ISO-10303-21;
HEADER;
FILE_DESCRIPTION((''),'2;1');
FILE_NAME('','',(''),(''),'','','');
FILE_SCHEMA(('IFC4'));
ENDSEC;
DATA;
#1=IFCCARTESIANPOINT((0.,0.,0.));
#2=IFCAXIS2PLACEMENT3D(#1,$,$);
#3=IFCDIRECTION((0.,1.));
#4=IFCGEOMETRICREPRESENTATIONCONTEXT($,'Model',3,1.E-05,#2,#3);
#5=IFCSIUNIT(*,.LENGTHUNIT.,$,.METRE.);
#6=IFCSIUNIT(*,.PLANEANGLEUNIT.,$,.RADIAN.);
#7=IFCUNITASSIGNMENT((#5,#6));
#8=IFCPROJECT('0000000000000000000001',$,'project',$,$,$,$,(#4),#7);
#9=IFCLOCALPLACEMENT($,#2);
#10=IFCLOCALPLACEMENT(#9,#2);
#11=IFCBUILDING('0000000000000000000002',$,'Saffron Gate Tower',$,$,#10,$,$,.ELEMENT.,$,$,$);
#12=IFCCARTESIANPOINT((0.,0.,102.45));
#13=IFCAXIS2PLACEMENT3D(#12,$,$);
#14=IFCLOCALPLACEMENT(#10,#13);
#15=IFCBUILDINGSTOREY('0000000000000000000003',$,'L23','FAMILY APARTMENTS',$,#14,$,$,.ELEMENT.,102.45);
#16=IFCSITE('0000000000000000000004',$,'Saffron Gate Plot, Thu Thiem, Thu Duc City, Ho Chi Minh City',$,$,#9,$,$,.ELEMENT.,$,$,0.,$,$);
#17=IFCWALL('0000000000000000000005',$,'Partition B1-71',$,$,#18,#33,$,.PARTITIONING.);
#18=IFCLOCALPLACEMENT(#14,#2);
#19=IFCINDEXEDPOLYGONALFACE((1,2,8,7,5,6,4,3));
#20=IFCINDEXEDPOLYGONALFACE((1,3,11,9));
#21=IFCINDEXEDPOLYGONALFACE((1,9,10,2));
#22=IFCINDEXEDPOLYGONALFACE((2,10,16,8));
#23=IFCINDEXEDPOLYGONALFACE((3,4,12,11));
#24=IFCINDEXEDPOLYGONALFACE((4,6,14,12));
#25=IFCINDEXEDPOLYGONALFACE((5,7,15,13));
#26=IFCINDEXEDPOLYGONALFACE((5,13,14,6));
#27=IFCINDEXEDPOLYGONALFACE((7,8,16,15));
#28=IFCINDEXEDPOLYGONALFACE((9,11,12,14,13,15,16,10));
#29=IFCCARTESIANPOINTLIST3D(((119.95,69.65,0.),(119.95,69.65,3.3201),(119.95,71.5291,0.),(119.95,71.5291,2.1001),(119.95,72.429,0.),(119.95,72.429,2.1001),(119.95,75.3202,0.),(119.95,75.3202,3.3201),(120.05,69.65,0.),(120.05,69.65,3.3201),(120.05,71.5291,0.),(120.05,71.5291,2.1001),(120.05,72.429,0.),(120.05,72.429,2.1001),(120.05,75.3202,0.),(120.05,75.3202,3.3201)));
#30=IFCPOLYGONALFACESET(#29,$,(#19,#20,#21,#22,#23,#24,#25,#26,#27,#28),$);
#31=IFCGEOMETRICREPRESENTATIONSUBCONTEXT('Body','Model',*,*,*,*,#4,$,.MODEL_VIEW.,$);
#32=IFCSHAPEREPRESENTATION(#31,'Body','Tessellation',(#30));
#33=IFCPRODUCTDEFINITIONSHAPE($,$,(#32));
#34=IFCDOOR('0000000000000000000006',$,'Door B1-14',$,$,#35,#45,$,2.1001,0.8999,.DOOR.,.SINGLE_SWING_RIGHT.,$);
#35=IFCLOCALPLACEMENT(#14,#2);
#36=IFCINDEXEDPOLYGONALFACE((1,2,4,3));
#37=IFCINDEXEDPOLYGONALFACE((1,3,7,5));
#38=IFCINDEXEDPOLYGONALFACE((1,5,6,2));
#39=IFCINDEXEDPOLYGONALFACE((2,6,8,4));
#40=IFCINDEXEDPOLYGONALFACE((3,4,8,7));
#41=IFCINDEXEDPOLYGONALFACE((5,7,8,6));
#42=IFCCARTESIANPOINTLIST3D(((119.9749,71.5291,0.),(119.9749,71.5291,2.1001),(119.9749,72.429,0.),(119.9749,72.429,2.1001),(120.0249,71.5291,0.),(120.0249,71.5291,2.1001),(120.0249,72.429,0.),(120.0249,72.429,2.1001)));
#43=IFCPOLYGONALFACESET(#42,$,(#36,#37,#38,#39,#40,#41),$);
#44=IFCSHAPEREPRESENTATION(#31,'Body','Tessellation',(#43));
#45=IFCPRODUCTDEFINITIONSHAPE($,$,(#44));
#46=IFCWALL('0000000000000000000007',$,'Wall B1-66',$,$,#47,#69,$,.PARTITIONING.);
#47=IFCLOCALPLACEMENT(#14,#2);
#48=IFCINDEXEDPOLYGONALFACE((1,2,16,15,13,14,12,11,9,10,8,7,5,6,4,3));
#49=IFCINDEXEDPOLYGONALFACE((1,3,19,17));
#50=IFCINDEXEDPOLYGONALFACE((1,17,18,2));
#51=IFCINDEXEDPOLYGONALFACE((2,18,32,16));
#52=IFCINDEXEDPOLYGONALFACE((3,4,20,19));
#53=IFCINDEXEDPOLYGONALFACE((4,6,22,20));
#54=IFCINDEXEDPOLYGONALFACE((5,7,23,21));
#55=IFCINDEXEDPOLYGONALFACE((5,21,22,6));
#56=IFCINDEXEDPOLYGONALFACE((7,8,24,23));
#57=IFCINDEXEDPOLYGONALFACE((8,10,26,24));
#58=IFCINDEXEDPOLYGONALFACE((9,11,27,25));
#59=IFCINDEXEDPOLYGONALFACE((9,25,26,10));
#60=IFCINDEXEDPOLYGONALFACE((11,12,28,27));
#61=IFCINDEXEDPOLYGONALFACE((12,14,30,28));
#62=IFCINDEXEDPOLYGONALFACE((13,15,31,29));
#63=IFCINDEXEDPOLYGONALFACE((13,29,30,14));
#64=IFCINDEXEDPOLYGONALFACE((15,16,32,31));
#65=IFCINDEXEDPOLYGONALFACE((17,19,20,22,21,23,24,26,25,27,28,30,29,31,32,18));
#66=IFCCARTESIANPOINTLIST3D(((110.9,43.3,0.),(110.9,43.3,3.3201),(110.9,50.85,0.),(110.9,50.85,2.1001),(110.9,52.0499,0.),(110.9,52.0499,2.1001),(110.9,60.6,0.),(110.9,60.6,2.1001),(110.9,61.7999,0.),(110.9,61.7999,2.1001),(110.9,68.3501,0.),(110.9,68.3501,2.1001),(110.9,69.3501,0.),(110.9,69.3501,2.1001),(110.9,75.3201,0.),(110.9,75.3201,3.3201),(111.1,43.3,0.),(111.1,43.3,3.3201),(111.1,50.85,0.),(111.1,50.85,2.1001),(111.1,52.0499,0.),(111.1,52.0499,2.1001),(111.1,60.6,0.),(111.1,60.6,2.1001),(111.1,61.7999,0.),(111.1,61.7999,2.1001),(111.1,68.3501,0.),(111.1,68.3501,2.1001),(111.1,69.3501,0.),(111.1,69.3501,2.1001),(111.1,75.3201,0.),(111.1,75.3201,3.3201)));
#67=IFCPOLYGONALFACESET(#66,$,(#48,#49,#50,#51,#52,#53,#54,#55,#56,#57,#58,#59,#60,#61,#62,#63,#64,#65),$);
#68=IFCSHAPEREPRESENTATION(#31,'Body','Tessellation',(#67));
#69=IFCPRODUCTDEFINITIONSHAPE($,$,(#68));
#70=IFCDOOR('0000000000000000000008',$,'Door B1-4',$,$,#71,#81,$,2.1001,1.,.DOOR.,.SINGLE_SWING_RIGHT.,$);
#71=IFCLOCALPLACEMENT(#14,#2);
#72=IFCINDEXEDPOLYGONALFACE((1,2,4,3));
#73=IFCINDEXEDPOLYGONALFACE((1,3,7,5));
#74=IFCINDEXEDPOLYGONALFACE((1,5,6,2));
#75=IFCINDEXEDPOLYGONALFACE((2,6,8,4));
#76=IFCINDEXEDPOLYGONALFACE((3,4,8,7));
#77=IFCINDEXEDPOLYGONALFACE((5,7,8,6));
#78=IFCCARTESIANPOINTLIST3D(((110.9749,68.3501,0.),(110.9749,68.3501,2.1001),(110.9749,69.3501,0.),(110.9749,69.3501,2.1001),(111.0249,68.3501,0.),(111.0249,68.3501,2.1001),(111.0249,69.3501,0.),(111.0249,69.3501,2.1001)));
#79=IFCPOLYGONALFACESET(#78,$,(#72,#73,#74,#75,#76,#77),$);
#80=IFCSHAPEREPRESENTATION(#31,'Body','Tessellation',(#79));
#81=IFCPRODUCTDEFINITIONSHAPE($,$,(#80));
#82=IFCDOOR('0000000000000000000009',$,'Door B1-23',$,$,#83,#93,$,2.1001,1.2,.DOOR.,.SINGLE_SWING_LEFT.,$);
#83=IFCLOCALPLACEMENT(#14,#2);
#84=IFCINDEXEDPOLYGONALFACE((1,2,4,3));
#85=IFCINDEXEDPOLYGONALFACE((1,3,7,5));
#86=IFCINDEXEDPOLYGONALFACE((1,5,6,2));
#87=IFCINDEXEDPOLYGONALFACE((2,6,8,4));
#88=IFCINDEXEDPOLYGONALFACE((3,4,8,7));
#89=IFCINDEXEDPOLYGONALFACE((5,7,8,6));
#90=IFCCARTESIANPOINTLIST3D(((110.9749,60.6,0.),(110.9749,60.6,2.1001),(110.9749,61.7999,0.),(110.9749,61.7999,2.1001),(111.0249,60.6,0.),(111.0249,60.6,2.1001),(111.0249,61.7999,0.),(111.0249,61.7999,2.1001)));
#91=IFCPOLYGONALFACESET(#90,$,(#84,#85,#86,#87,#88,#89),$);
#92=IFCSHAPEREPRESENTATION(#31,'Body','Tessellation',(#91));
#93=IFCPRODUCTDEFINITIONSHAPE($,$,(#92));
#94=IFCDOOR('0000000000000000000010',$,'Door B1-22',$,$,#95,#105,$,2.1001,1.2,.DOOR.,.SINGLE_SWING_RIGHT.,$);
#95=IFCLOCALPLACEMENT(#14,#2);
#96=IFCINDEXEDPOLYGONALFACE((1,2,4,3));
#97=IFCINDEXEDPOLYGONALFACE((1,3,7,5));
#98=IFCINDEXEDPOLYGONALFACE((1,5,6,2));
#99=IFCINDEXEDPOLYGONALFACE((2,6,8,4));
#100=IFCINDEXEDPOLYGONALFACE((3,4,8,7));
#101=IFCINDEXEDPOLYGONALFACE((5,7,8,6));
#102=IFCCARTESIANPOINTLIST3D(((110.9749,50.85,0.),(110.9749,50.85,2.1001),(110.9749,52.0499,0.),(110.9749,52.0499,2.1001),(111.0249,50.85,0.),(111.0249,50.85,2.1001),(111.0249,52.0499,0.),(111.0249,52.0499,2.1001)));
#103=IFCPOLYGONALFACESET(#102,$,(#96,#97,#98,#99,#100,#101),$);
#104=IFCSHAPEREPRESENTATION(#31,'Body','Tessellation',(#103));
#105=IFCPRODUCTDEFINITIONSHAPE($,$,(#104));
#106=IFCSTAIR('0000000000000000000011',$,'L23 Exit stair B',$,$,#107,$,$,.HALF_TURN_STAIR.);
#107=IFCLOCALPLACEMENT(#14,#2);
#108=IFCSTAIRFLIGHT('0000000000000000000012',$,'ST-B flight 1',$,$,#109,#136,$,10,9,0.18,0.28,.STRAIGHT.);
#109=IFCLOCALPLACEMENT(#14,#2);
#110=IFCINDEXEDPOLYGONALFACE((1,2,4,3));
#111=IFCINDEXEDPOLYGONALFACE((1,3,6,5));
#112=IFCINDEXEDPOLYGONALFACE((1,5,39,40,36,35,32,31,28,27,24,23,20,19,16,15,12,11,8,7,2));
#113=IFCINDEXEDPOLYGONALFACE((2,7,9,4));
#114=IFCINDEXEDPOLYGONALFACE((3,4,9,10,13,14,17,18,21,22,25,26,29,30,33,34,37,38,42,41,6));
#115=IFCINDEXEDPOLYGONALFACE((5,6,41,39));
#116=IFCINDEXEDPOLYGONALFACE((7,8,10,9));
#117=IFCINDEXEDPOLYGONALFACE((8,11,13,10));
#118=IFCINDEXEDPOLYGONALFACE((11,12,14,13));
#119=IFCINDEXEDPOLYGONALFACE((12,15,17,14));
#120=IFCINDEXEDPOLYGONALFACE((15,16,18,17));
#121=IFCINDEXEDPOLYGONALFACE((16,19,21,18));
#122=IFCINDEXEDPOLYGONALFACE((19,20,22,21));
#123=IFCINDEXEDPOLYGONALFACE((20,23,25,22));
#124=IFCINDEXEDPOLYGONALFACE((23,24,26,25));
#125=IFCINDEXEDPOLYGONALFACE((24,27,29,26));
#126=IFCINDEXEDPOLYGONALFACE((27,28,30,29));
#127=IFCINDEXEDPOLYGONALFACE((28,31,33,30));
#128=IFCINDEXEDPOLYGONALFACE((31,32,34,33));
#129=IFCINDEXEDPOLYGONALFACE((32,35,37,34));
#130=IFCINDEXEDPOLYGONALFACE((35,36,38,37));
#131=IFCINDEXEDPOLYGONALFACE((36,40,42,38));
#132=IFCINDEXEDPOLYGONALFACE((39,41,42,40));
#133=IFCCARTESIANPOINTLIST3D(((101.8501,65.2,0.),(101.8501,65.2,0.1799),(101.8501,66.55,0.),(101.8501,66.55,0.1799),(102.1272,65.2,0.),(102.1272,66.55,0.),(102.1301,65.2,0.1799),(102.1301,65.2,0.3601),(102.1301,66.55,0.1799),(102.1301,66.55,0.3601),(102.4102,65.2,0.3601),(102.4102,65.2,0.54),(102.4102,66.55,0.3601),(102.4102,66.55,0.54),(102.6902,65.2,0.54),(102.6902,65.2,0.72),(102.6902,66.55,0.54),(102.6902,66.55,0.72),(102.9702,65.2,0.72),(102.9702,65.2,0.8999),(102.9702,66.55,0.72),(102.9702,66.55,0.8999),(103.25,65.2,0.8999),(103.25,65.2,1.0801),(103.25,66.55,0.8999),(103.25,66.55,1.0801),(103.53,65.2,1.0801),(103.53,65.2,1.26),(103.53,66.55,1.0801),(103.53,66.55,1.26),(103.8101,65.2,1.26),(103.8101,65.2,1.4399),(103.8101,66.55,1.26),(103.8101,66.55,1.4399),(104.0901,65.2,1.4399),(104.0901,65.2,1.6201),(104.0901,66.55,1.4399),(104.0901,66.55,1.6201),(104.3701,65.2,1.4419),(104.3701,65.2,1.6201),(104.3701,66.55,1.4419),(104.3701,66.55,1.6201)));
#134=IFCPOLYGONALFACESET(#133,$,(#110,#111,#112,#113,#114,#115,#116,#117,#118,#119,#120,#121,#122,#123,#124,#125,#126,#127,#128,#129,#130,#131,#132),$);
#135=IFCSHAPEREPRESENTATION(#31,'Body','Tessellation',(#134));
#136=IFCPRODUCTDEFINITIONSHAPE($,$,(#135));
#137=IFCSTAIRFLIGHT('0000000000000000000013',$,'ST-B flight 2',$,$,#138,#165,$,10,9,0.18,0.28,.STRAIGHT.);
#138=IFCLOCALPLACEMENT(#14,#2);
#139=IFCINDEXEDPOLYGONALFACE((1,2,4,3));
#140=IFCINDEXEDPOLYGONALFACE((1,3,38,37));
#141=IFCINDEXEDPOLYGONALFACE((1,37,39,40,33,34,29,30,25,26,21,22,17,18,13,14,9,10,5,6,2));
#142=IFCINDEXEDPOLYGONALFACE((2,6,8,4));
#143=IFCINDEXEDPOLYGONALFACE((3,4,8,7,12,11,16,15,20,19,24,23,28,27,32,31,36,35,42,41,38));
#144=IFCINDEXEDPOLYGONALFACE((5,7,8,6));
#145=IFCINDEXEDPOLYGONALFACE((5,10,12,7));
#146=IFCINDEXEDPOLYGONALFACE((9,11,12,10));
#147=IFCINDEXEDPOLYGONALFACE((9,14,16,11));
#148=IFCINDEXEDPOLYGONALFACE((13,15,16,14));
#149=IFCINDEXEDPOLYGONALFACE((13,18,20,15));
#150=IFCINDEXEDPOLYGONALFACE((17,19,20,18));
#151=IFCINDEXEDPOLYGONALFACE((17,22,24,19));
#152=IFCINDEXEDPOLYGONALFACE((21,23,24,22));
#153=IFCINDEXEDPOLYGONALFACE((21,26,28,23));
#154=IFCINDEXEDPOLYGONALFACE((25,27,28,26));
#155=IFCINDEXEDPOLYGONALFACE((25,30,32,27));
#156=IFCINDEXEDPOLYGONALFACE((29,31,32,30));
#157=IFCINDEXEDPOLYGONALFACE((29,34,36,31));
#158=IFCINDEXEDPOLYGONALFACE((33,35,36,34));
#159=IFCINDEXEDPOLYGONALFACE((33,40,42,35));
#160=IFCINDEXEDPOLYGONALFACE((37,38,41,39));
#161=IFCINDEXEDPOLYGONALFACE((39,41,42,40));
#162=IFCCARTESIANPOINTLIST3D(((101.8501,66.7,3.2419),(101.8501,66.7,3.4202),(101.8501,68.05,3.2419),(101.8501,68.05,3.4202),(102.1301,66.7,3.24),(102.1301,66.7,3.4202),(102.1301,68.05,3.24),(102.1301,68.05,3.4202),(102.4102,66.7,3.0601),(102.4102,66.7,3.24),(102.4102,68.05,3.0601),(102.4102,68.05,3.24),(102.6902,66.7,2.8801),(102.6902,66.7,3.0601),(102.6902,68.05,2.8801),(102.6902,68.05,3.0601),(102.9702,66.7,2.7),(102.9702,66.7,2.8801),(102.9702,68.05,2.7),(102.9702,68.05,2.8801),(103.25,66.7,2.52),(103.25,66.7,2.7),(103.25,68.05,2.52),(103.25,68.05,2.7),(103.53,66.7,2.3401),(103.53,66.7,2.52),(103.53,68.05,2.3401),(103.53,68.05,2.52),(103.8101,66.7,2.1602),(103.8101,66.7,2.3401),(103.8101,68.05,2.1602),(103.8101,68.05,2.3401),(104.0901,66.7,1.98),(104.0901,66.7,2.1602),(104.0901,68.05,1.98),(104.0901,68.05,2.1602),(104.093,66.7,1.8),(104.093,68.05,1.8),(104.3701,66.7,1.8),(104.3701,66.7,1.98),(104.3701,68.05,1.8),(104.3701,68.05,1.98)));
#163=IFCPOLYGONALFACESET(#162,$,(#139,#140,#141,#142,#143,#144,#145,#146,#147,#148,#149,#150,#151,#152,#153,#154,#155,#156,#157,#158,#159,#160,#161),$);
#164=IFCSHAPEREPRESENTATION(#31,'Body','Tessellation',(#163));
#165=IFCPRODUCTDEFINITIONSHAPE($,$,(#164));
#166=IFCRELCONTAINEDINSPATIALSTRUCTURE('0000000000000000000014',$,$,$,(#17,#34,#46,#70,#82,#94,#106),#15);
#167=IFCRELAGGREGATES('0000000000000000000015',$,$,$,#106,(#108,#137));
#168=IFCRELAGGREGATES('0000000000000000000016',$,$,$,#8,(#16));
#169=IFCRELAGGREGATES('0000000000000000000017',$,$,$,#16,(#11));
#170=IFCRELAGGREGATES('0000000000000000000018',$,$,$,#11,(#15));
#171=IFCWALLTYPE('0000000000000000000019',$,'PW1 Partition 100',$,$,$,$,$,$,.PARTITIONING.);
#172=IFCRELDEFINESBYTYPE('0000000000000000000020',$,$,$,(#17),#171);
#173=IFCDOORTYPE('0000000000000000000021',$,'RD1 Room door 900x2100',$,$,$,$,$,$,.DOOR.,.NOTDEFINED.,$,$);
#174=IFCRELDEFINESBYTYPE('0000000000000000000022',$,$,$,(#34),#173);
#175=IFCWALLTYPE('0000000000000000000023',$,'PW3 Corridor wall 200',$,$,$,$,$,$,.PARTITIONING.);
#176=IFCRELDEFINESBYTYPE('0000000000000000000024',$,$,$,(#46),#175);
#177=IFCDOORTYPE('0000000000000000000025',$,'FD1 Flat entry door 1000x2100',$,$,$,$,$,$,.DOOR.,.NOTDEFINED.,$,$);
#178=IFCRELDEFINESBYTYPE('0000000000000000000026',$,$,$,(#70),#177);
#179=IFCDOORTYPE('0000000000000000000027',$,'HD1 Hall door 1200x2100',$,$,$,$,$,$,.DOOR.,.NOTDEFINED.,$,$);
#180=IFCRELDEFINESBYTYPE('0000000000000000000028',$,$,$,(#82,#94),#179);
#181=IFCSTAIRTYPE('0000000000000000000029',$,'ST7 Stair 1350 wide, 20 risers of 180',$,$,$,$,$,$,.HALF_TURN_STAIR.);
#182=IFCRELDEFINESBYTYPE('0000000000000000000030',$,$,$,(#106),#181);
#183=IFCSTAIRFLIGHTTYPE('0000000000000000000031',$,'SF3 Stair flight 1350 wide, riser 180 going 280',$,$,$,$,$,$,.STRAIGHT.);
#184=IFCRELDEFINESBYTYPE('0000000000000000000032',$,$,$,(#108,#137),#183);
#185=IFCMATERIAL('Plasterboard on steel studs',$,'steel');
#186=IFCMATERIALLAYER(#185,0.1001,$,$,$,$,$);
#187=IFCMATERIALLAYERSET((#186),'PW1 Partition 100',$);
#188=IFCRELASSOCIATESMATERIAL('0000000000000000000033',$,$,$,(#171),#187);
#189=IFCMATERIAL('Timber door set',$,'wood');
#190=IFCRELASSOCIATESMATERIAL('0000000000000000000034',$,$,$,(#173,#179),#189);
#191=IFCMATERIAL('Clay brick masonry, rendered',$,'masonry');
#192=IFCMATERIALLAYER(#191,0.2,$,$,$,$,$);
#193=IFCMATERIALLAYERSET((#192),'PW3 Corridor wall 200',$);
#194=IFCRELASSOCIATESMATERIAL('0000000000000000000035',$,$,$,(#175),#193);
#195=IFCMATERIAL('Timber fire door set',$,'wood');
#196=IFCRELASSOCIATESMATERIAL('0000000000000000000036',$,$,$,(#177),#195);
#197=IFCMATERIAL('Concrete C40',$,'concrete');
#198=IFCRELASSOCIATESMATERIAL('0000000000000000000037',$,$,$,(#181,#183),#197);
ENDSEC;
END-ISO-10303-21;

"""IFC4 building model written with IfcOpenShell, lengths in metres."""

from ifc_helpers import new_model, si_unit, direction, frame, frame_2d, origin, place, context, subcontext, project, spatial, polyline, rectangle, outline, extrude, material, layer, layer_set, type_object, element, fill, aggregate, save


model = new_model("IFC4")

# Units and contexts
model_context = context("Model", 3, precision=1e-05, world=origin(), true_north=direction((0.0, 1.0)))
body_context = subcontext(model_context, "Body", "Model", "MODEL_VIEW")
ifc_project = project(units=[si_unit("LENGTHUNIT", "METRE"), si_unit("PLANEANGLEUNIT", "RADIAN")], contexts=[model_context])

# Site, building, storey
site_placement = place(None, origin())
site = spatial("IfcSite", under=ifc_project, at=site_placement, Name="Saffron Gate Plot, Thu Thiem, Thu Duc City, Ho Chi Minh City", CompositionType="ELEMENT", RefElevation=0.0)
building_placement = place(site_placement, origin())
building = spatial("IfcBuilding", under=site, at=building_placement, Name="Saffron Gate Tower", CompositionType="ELEMENT")
storey_placement = place(building_placement, frame((0.0, 0.0, 102.45)))
storey = spatial("IfcBuildingStorey", under=building, at=storey_placement, Name="L23", Description="FAMILY APARTMENTS", CompositionType="ELEMENT", Elevation=102.45)

# Shared definitions
ifc_material_1 = material(Name="Plasterboard on steel studs", Category="steel")
ifc_layer_1 = layer(ifc_material_1, 0.1001)
ifc_layer_set_1 = layer_set([ifc_layer_1], Name="PW1 Partition 100")
wall_type_1 = type_object("IfcWallType", Name="PW1 Partition 100", PredefinedType="PARTITIONING", material=ifc_layer_set_1)

# Wall, opening, door
wall_1_placement = place(storey_placement, frame((120.0, 75.3201, 0.0), z_axis=(0.0, 0.0, 1.0), x_axis=(0.0, -1.0, 0.0)))
wall_1 = element("IfcWall", 1, at=wall_1_placement, inside=storey, type_object=wall_type_1, Name="Partition B1-71", PredefinedType="PARTITIONING", context=body_context, shape_type="SweptSolid", body=[
    extrude(rectangle(XDim=5.6702, YDim=0.1001, at=frame_2d((2.835, 0.0))), origin(), (0.0, 0.0, 1.0), 3.3201),
])
opening_1_placement = place(wall_1_placement, frame((2.8911, 0.0, 0.0)))
opening_1 = element("IfcOpeningElement", 2, at=opening_1_placement, cuts=wall_1, PredefinedType="OPENING", context=body_context, shape_type="SweptSolid", body=[
    extrude(rectangle(XDim=0.8999, YDim=2.1001, at=frame_2d((0.45, 1.05))), frame((0.0, 0.0601, 0.0), z_axis=(0.0, -1.0, 0.0), x_axis=(1.0, 0.0, 0.0)), (0.0, 0.0, 1.0), 0.1201),
])
ifc_material_2 = material(Name="Timber door set", Category="wood")
door_type_1 = type_object("IfcDoorType", Name="RD1 Room door 900x2100", OperationType="NOTDEFINED", PredefinedType="DOOR", material=ifc_material_2)
door_1_placement = place(opening_1_placement, origin())
door_1 = element("IfcDoor", 3, at=door_1_placement, inside=storey, type_object=door_type_1, Name="Door B1-14", OperationType="SINGLE_SWING_RIGHT", OverallHeight=2.1001, OverallWidth=0.8999, PredefinedType="DOOR", context=body_context, shape_type="SweptSolid", body=[
    extrude(rectangle(XDim=0.8999, YDim=2.1001, at=frame_2d((0.45, 1.05))), frame((0.0, 0.0249, 0.0), z_axis=(0.0, -1.0, 0.0), x_axis=(1.0, 0.0, 0.0)), (0.0, 0.0, 1.0), 0.05),
])
fill(opening_1, door_1)

# Wall, openings, doors
ifc_material_3 = material(Name="Clay brick masonry, rendered", Category="masonry")
ifc_layer_2 = layer(ifc_material_3, 0.2)
ifc_layer_set_2 = layer_set([ifc_layer_2], Name="PW3 Corridor wall 200")
wall_type_2 = type_object("IfcWallType", Name="PW3 Corridor wall 200", PredefinedType="PARTITIONING", material=ifc_layer_set_2)
wall_2_placement = place(storey_placement, frame((111.0, 75.3201, 0.0), z_axis=(0.0, 0.0, 1.0), x_axis=(0.0, -1.0, 0.0)))
wall_2 = element("IfcWall", 4, at=wall_2_placement, inside=storey, type_object=wall_type_2, Name="Wall B1-66", PredefinedType="PARTITIONING", context=body_context, shape_type="SweptSolid", body=[
    extrude(rectangle(XDim=32.02, YDim=0.2, at=frame_2d((16.01, 0.0))), origin(), (0.0, 0.0, 1.0), 3.3201),
])
opening_2_placement = place(wall_2_placement, frame((5.97, 0.0, 0.0)))
opening_2 = element("IfcOpeningElement", 5, at=opening_2_placement, cuts=wall_2, PredefinedType="OPENING", context=body_context, shape_type="SweptSolid", body=[
    extrude(rectangle(XDim=1.0, YDim=2.1001, at=frame_2d((0.5, 1.05))), frame((0.0, 0.1099, 0.0), z_axis=(0.0, -1.0, 0.0), x_axis=(1.0, 0.0, 0.0)), (0.0, 0.0, 1.0), 0.22),
])
opening_3_placement = place(wall_2_placement, frame((13.52, 0.0, 0.0)))
opening_3 = element("IfcOpeningElement", 6, at=opening_3_placement, cuts=wall_2, PredefinedType="OPENING", context=body_context, shape_type="SweptSolid", body=[
    extrude(rectangle(XDim=1.2, YDim=2.1001, at=frame_2d((0.6001, 1.05))), frame((0.0, 0.1099, 0.0), z_axis=(0.0, -1.0, 0.0), x_axis=(1.0, 0.0, 0.0)), (0.0, 0.0, 1.0), 0.22),
])
opening_4_placement = place(wall_2_placement, frame((23.27, 0.0, 0.0)))
opening_4 = element("IfcOpeningElement", 7, at=opening_4_placement, cuts=wall_2, PredefinedType="OPENING", context=body_context, shape_type="SweptSolid", body=[
    extrude(rectangle(XDim=1.2, YDim=2.1001, at=frame_2d((0.6001, 1.05))), frame((0.0, 0.1099, 0.0), z_axis=(0.0, -1.0, 0.0), x_axis=(1.0, 0.0, 0.0)), (0.0, 0.0, 1.0), 0.22),
])
ifc_material_4 = material(Name="Timber fire door set", Category="wood")
door_type_2 = type_object("IfcDoorType", Name="FD1 Flat entry door 1000x2100", OperationType="NOTDEFINED", PredefinedType="DOOR", material=ifc_material_4)
door_2_placement = place(opening_2_placement, origin())
door_2 = element("IfcDoor", 8, at=door_2_placement, inside=storey, type_object=door_type_2, Name="Door B1-4", OperationType="SINGLE_SWING_RIGHT", OverallHeight=2.1001, OverallWidth=1.0, PredefinedType="DOOR", context=body_context, shape_type="SweptSolid", body=[
    extrude(rectangle(XDim=1.0, YDim=2.1001, at=frame_2d((0.5, 1.05))), frame((0.0, 0.0249, 0.0), z_axis=(0.0, -1.0, 0.0), x_axis=(1.0, 0.0, 0.0)), (0.0, 0.0, 1.0), 0.05),
])
fill(opening_2, door_2)
door_type_3 = type_object("IfcDoorType", Name="HD1 Hall door 1200x2100", OperationType="NOTDEFINED", PredefinedType="DOOR", material=ifc_material_2)
door_3_placement = place(opening_3_placement, origin())
door_3 = element("IfcDoor", 9, at=door_3_placement, inside=storey, type_object=door_type_3, Name="Door B1-23", OperationType="SINGLE_SWING_LEFT", OverallHeight=2.1001, OverallWidth=1.2, PredefinedType="DOOR", context=body_context, shape_type="SweptSolid", body=[
    extrude(rectangle(XDim=1.2, YDim=2.1001, at=frame_2d((0.6001, 1.05))), frame((0.0, 0.0249, 0.0), z_axis=(0.0, -1.0, 0.0), x_axis=(1.0, 0.0, 0.0)), (0.0, 0.0, 1.0), 0.05),
])
fill(opening_3, door_3)
door_4_placement = place(opening_4_placement, origin())
door_4 = element("IfcDoor", 10, at=door_4_placement, inside=storey, type_object=door_type_3, Name="Door B1-22", OperationType="SINGLE_SWING_RIGHT", OverallHeight=2.1001, OverallWidth=1.2, PredefinedType="DOOR", context=body_context, shape_type="SweptSolid", body=[
    extrude(rectangle(XDim=1.2, YDim=2.1001, at=frame_2d((0.6001, 1.05))), frame((0.0, 0.0249, 0.0), z_axis=(0.0, -1.0, 0.0), x_axis=(1.0, 0.0, 0.0)), (0.0, 0.0, 1.0), 0.05),
])
fill(opening_4, door_4)

# Stair, stair flights
ifc_material_5 = material(Name="Concrete C40", Category="concrete")
stair_type = type_object("IfcStairType", Name="ST7 Stair 1350 wide, 20 risers of 180", PredefinedType="HALF_TURN_STAIR", material=ifc_material_5)
stair_placement = place(storey_placement, origin())
stair = element("IfcStair", 11, at=stair_placement, inside=storey, type_object=stair_type, Name="L23 Exit stair B", PredefinedType="HALF_TURN_STAIR")
stair_flight_type = type_object("IfcStairFlightType", Name="SF3 Stair flight 1350 wide, riser 180 going 280", PredefinedType="STRAIGHT", material=ifc_material_5)
stair_flight_1_placement = place(storey_placement, frame((101.8501, 65.875, 0.0), z_axis=(0.0, 0.0, 1.0), x_axis=(1.0, 0.0, 0.0)))
stair_flight_1 = element("IfcStairFlight", 12, at=stair_flight_1_placement, type_object=stair_flight_type, Name="ST-B flight 1", NumberOfRisers=10, NumberOfTreads=9, PredefinedType="STRAIGHT", RiserHeight=0.18, TreadLength=0.28, context=body_context, shape_type="SweptSolid", body=[
    extrude(outline(polyline([(0.0, 0.0), (0.0, 0.1799), (0.28, 0.1799), (0.28, 0.3601), (0.5601, 0.3601), (0.5601, 0.54), (0.8401, 0.54), (0.8401, 0.72), (1.1201, 0.72), (1.1201, 0.8999), (1.3999, 0.8999), (1.3999, 1.0801), (1.6799, 1.0801), (1.6799, 1.26), (1.96, 1.26), (1.96, 1.4399), (2.24, 1.4399), (2.24, 1.6201), (2.52, 1.6201), (2.52, 1.8), (2.52, 1.4419), (0.2771, 0.0), (0.0, 0.0)])), frame((0.0, 0.675, 0.0), z_axis=(0.0, -1.0, 0.0), x_axis=(1.0, 0.0, 0.0)), (0.0, 0.0, 1.0), 1.3501),
])
stair_flight_2_placement = place(storey_placement, frame((104.3701, 67.375, 1.8), z_axis=(0.0, 0.0, 1.0), x_axis=(-1.0, 0.0, 0.0)))
stair_flight_2 = element("IfcStairFlight", 13, at=stair_flight_2_placement, type_object=stair_flight_type, Name="ST-B flight 2", NumberOfRisers=10, NumberOfTreads=9, PredefinedType="STRAIGHT", RiserHeight=0.18, TreadLength=0.28, context=body_context, shape_type="SweptSolid", body=[
    extrude(outline(polyline([(0.0, 0.0), (0.0, 0.1799), (0.28, 0.1799), (0.28, 0.3601), (0.5601, 0.3601), (0.5601, 0.54), (0.8401, 0.54), (0.8401, 0.72), (1.1201, 0.72), (1.1201, 0.8999), (1.3999, 0.8999), (1.3999, 1.0801), (1.6799, 1.0801), (1.6799, 1.26), (1.96, 1.26), (1.96, 1.4399), (2.24, 1.4399), (2.24, 1.6201), (2.52, 1.6201), (2.52, 1.8), (2.52, 1.4419), (0.2771, 0.0), (0.0, 0.0)])), frame((0.0, 0.675, 0.0), z_axis=(0.0, -1.0, 0.0), x_axis=(1.0, 0.0, 0.0)), (0.0, 0.0, 1.0), 1.3501),
])
aggregate(stair, [stair_flight_1, stair_flight_2])

save(model, "model.ifc")
